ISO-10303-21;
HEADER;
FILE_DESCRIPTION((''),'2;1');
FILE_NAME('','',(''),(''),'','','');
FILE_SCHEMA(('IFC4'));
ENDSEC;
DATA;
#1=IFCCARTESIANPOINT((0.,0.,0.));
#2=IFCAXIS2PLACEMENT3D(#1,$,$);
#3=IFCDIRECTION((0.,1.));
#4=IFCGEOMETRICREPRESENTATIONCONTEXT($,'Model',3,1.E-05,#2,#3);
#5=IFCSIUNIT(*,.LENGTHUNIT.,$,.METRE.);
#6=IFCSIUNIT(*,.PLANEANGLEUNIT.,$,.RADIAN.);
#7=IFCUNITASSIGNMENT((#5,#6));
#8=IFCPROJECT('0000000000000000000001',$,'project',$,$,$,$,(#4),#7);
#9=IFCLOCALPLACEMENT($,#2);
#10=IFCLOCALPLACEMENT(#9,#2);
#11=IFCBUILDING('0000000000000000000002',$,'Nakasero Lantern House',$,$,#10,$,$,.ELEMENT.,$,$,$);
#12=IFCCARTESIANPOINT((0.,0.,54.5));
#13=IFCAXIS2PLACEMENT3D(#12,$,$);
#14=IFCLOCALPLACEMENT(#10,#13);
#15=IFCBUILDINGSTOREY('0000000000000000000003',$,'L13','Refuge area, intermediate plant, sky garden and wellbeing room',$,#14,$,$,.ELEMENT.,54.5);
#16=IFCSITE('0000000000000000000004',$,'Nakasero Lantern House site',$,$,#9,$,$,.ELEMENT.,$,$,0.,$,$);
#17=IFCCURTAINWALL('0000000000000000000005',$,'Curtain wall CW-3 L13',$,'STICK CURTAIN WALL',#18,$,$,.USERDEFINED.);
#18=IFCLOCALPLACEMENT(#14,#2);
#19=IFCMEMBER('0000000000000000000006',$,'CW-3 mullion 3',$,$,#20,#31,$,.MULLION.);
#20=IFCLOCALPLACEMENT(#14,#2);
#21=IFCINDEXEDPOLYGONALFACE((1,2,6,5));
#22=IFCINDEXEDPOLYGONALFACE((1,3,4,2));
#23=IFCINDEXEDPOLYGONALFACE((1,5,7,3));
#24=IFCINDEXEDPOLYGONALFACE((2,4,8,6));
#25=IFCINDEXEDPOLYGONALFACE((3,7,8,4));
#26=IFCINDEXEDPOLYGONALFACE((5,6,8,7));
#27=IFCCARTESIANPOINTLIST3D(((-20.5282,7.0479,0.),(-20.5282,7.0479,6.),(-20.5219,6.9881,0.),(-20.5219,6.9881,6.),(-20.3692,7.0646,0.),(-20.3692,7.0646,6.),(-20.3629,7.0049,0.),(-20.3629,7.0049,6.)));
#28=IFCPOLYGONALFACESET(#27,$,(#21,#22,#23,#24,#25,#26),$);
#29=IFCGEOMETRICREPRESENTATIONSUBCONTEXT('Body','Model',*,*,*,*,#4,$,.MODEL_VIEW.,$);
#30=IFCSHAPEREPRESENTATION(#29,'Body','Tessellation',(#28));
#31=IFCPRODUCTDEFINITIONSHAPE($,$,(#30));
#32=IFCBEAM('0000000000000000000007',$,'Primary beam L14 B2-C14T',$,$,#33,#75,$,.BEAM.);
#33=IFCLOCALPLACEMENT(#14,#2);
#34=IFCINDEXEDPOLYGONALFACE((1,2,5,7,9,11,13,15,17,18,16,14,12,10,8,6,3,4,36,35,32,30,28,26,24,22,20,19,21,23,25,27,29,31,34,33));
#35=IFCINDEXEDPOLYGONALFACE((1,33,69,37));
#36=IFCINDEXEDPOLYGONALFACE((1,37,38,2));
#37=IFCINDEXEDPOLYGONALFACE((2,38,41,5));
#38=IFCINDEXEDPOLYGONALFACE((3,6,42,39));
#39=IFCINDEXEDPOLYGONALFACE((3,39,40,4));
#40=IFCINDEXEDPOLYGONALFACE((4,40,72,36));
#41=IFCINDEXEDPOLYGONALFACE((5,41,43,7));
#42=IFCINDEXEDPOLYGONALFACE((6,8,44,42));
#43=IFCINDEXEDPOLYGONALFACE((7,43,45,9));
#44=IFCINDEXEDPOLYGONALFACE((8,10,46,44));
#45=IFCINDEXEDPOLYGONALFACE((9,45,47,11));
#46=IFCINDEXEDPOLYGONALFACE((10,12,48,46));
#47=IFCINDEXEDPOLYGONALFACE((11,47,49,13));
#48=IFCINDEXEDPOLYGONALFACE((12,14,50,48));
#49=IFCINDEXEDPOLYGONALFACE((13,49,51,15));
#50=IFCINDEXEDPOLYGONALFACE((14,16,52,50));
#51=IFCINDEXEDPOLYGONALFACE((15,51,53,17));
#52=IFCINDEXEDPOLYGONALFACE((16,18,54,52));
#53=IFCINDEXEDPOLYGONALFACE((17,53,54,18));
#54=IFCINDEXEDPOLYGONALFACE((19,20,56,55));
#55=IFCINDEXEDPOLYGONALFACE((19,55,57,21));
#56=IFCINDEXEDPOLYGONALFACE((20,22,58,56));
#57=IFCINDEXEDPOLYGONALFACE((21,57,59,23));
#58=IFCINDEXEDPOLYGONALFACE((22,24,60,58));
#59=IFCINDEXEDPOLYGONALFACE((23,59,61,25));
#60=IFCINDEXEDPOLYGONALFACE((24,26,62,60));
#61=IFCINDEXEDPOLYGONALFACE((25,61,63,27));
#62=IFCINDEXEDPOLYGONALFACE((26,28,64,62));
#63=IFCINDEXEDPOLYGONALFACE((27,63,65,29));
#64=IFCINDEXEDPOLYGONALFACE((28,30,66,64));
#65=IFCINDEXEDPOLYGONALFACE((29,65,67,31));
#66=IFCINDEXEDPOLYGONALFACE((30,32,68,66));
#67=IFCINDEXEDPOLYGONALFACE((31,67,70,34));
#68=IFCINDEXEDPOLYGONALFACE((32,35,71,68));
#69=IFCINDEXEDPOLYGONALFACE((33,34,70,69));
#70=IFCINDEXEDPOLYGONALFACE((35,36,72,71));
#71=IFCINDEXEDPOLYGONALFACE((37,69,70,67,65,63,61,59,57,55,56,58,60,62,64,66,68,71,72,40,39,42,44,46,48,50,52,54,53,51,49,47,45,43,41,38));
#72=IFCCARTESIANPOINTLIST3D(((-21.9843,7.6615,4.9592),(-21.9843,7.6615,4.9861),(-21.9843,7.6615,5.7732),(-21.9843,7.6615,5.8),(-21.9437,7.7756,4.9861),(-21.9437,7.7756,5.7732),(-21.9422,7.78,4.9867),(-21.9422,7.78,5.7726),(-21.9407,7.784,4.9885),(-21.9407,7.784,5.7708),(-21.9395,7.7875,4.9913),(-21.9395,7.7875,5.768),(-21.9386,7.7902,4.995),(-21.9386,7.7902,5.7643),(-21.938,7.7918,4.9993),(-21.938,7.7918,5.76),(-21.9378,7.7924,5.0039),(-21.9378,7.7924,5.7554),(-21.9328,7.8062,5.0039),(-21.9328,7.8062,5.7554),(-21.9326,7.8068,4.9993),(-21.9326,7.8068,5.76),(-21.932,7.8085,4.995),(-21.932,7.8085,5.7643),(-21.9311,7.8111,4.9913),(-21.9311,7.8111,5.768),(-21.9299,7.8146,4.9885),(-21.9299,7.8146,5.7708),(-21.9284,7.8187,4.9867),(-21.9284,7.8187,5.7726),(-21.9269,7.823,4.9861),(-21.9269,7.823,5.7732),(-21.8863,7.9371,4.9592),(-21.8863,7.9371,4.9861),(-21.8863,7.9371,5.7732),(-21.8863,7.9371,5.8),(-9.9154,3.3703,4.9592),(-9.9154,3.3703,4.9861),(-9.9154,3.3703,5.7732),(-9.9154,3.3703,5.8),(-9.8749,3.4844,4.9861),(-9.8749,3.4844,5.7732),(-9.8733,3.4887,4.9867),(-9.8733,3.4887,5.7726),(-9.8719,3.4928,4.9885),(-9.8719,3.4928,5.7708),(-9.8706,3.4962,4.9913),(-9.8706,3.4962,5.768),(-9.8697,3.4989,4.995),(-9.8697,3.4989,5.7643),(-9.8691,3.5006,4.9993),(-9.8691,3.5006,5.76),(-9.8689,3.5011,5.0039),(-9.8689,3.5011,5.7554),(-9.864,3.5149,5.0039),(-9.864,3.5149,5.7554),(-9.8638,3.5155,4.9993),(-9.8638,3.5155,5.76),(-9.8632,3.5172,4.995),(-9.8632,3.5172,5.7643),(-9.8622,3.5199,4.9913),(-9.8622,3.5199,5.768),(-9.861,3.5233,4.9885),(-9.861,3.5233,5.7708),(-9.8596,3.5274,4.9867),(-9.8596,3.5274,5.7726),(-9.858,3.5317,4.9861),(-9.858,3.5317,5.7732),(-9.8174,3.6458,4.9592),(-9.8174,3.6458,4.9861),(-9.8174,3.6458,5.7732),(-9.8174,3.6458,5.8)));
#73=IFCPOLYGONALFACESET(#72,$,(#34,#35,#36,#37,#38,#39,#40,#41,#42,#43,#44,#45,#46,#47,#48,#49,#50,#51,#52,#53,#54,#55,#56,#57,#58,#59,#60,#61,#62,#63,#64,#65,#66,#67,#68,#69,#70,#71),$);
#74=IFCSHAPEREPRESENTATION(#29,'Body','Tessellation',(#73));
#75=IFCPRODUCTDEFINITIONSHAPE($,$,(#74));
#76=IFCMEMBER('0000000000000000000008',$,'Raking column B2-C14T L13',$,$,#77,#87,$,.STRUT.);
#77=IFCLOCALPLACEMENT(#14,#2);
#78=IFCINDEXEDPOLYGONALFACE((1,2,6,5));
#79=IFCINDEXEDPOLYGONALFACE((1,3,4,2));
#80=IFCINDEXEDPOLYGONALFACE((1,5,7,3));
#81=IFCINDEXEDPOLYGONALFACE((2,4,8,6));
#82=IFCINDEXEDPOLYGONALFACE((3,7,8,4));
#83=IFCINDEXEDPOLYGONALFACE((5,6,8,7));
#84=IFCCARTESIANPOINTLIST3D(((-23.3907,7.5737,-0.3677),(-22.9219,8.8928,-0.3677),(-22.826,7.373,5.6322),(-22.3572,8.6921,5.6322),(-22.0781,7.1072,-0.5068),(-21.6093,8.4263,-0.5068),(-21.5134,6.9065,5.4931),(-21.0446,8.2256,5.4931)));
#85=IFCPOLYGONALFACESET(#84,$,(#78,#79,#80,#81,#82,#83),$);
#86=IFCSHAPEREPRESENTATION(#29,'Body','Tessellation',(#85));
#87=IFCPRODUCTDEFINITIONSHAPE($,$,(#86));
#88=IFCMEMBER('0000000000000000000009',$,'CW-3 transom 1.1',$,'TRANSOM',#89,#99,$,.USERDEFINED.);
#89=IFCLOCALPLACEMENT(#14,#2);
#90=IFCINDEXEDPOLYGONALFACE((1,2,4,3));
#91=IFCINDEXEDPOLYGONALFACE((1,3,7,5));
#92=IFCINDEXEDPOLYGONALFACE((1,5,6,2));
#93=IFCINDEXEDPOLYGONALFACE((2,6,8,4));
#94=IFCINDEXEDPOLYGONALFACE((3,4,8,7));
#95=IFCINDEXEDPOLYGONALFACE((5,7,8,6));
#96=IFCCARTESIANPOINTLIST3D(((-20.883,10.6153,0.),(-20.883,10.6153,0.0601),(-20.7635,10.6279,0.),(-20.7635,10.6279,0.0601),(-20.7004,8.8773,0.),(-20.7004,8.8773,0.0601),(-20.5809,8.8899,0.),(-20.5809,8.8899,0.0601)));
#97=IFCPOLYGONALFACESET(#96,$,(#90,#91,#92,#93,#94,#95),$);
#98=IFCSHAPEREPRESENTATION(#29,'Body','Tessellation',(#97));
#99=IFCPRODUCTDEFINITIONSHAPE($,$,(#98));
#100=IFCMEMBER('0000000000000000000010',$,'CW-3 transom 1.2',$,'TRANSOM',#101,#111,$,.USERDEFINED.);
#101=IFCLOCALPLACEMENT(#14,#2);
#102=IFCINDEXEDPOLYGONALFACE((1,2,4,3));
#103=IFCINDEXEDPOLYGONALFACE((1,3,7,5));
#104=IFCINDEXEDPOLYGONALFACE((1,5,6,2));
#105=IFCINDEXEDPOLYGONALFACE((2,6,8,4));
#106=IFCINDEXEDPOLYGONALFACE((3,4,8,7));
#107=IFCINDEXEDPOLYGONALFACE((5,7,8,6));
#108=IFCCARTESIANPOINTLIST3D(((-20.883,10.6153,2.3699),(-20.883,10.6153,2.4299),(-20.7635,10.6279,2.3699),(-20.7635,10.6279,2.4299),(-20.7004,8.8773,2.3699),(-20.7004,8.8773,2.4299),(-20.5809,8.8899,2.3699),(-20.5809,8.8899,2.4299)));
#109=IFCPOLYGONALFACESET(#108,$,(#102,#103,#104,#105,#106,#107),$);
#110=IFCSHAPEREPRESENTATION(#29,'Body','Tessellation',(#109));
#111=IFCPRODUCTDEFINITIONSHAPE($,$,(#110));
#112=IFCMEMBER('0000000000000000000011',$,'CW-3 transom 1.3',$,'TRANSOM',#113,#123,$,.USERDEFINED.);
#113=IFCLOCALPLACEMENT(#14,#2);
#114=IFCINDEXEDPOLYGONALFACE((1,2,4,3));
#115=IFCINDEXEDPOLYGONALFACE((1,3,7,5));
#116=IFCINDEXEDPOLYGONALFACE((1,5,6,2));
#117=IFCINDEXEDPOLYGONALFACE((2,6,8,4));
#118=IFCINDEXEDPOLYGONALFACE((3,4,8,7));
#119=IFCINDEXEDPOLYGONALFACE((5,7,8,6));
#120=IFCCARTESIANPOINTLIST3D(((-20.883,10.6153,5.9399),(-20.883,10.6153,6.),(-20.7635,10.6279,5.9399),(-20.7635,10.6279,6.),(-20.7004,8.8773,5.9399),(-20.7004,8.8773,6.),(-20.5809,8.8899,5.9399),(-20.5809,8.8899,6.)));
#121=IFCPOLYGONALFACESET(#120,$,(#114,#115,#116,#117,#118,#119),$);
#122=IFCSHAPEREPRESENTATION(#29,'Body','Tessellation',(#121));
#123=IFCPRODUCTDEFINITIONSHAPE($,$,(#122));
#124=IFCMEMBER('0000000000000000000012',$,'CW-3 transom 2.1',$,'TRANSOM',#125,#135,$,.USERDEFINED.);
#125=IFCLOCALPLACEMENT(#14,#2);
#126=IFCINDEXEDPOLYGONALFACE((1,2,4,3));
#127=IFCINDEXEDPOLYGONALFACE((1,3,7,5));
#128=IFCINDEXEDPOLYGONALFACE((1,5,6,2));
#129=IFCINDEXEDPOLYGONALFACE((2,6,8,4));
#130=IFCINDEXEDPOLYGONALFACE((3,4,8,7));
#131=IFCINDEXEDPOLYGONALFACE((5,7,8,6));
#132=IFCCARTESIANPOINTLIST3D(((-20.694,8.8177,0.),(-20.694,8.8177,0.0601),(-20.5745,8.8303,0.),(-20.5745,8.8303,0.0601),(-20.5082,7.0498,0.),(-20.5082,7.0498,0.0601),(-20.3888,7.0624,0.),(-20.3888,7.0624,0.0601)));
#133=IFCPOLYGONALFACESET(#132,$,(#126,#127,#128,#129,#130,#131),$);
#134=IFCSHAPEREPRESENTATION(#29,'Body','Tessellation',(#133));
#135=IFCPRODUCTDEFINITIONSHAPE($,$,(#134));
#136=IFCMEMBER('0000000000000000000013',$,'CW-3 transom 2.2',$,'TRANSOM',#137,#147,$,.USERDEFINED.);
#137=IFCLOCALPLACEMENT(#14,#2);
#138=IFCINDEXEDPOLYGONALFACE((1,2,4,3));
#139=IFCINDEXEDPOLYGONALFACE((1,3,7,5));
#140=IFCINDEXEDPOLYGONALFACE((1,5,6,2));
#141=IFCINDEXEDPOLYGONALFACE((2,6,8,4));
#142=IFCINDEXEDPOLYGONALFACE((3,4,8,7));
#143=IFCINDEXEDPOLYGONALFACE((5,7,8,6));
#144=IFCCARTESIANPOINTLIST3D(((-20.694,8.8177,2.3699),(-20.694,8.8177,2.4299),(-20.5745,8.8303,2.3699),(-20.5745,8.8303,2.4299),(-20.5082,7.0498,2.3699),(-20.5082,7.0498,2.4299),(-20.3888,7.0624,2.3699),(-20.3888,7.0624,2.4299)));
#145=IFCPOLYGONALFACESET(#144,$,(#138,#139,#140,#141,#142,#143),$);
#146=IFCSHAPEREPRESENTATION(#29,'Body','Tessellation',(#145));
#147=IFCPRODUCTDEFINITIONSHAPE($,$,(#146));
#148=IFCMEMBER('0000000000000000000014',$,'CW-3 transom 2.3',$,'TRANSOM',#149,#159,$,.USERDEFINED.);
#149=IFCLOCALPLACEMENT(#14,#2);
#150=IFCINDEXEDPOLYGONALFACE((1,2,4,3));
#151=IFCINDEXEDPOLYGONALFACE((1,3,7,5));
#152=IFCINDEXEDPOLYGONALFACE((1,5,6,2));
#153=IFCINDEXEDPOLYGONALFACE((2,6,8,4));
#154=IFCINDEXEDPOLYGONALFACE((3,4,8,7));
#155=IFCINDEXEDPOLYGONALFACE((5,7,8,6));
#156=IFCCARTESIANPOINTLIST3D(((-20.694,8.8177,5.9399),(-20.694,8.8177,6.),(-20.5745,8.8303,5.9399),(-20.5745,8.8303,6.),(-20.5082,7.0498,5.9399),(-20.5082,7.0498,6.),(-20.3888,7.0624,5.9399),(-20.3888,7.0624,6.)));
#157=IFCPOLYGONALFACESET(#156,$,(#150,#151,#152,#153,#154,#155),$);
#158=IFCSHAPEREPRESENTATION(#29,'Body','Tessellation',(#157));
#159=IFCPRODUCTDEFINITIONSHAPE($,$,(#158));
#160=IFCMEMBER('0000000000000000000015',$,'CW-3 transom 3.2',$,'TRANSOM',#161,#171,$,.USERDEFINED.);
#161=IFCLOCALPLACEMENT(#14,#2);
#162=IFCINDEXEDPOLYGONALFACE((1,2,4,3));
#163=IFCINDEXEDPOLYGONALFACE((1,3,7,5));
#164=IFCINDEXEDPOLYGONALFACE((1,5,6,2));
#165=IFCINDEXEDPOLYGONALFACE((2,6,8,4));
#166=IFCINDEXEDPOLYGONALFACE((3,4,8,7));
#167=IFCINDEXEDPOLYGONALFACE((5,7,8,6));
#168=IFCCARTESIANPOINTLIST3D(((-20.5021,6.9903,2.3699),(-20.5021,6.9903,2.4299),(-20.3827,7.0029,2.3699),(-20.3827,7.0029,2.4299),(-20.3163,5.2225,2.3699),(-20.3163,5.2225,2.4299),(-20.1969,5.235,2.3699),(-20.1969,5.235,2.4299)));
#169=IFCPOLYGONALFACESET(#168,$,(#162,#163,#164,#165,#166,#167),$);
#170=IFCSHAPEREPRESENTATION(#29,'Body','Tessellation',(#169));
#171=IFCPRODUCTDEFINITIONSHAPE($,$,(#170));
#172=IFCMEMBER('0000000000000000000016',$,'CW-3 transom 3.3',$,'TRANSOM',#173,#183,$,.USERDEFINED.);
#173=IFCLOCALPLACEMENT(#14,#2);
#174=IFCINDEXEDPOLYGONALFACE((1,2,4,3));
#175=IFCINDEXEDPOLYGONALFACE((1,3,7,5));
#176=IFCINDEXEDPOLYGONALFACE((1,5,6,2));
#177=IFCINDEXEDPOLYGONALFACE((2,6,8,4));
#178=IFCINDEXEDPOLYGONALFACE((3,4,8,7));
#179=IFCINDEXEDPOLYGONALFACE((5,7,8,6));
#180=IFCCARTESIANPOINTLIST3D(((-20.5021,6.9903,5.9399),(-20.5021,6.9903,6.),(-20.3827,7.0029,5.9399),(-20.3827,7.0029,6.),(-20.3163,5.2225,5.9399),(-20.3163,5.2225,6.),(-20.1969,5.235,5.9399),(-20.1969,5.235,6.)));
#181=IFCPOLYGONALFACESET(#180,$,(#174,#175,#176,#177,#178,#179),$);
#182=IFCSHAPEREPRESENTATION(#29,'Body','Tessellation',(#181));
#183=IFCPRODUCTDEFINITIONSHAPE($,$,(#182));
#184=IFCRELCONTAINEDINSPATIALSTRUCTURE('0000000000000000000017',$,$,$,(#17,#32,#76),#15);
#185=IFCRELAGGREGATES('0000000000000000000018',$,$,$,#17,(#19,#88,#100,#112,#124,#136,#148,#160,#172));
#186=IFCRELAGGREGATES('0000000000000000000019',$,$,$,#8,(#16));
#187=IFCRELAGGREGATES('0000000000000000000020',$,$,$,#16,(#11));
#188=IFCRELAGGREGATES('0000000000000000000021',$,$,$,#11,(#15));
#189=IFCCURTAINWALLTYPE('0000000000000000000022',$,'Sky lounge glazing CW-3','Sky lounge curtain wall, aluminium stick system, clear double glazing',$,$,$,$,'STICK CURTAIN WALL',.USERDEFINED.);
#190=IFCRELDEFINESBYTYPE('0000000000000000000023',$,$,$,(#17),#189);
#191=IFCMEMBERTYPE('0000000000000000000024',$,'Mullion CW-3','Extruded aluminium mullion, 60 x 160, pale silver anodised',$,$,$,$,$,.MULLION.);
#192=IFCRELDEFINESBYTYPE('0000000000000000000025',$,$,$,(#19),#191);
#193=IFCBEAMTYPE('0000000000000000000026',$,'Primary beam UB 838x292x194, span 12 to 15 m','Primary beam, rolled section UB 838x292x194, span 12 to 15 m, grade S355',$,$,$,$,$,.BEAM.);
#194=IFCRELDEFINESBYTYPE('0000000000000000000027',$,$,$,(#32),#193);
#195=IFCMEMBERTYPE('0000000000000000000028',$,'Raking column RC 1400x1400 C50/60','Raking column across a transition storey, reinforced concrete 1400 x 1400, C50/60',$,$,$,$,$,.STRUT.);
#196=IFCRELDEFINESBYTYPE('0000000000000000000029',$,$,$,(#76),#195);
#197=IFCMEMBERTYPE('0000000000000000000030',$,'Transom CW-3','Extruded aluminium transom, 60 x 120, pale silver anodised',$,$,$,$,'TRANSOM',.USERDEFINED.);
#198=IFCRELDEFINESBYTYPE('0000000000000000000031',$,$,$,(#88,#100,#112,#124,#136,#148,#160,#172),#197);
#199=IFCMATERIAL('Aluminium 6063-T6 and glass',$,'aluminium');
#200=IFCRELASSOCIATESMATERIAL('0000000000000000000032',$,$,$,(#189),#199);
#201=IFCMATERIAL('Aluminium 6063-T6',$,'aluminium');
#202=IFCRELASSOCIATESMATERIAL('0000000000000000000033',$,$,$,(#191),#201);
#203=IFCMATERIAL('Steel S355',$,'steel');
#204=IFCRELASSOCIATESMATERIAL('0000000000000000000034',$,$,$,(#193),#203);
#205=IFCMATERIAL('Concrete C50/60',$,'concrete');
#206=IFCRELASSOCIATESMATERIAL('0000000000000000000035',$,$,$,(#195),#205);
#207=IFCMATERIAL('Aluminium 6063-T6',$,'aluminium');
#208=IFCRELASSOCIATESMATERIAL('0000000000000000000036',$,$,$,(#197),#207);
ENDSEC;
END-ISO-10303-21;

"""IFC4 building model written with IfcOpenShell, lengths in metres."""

from ifc_helpers import new_model, si_unit, direction, frame, origin, origin_2d, place, context, subcontext, project, spatial, rectangle, i_section, extrude, material, material_profile, profile_set, type_object, element, aggregate, save


model = new_model("IFC4")

# Units and contexts
model_context = context("Model", 3, precision=1e-05, world=origin(), true_north=direction((0.0, 1.0)))
body_context = subcontext(model_context, "Body", "Model", "MODEL_VIEW")
ifc_project = project(units=[si_unit("LENGTHUNIT", "METRE"), si_unit("PLANEANGLEUNIT", "RADIAN")], contexts=[model_context])

# Site, building, storey
site_placement = place(None, origin())
site = spatial("IfcSite", under=ifc_project, at=site_placement, Name="Nakasero Lantern House site", CompositionType="ELEMENT", RefElevation=0.0)
building_placement = place(site_placement, origin())
building = spatial("IfcBuilding", under=site, at=building_placement, Name="Nakasero Lantern House", CompositionType="ELEMENT")
storey_placement = place(building_placement, frame((0.0, 0.0, 54.5)))
storey = spatial("IfcBuildingStorey", under=building, at=storey_placement, Name="L13", Description="Refuge area, intermediate plant, sky garden and wellbeing room", CompositionType="ELEMENT", Elevation=54.5)

# Shared definitions
ifc_material_1 = material(Name="Aluminium 6063-T6 and glass", Category="aluminium")
curtain_wall_type = type_object("IfcCurtainWallType", Name="Sky lounge glazing CW-3", Description="Sky lounge curtain wall, aluminium stick system, clear double glazing", ElementType="STICK CURTAIN WALL", PredefinedType="USERDEFINED", material=ifc_material_1)
ifc_material_2 = material(Name="Aluminium 6063-T6", Category="aluminium")
ifc_material_profile_1 = material_profile(ifc_material_2, rectangle(XDim=0.0601, YDim=0.1599, at=origin_2d()), Name="CW-3 mullion 60x160")
ifc_profile_set_1 = profile_set([ifc_material_profile_1], Name="Aluminium 6063-T6")
member_type_1 = type_object("IfcMemberType", Name="Mullion CW-3", Description="Extruded aluminium mullion, 60 x 160, pale silver anodised", PredefinedType="MULLION", material=ifc_profile_set_1)

# Curtain wall, member
curtain_wall_1_placement = place(storey_placement, origin())
curtain_wall_1 = element("IfcCurtainWall", 1, at=curtain_wall_1_placement, inside=storey, type_object=curtain_wall_type, Name="Curtain wall CW-3 L13", ObjectType="STICK CURTAIN WALL", PredefinedType="USERDEFINED")
member_1_placement = place(storey_placement, frame((-20.4456, 7.0264, 0.0), z_axis=(0.0, 0.0, 1.0), x_axis=(0.104528, -0.994522, 0.0)))
member_1 = element("IfcMember", 2, at=member_1_placement, type_object=member_type_1, Name="CW-3 mullion 3", PredefinedType="MULLION", context=body_context, shape_type="SweptSolid", body=[
    extrude(rectangle(XDim=0.0601, YDim=0.1599, at=origin_2d()), origin(), (0.0, 0.0, 1.0), 6.0),
])

# Beam
ifc_material_3 = material(Name="Steel S355", Category="steel")
ifc_material_profile_2 = material_profile(ifc_material_3, i_section(OverallWidth=0.2925, OverallDepth=0.8408, WebThickness=0.0146, FlangeThickness=0.0269, FilletRadius=0.0178, at=origin_2d()), Name="UB 838x292x194")
ifc_profile_set_2 = profile_set([ifc_material_profile_2], Name="Steel S355")
beam_type_1 = type_object("IfcBeamType", Name="Primary beam UB 838x292x194, span 12 to 15 m", Description="Primary beam, rolled section UB 838x292x194, span 12 to 15 m, grade S355", PredefinedType="BEAM", material=ifc_profile_set_2)
beam_1_placement = place(storey_placement, frame((-21.9353, 7.7993, 5.3796), z_axis=(0.942212, -0.335018, 0.0), x_axis=(0.335018, 0.942212, 0.0)))
element("IfcBeam", 3, at=beam_1_placement, inside=storey, type_object=beam_type_1, Name="Primary beam L14 B2-C14T", PredefinedType="BEAM", context=body_context, shape_type="SweptSolid", body=[
    extrude(i_section(OverallWidth=0.2925, OverallDepth=0.8408, WebThickness=0.0146, FlangeThickness=0.0269, FilletRadius=0.0178, at=origin_2d()), origin(), (0.0, 0.0, 1.0), 12.8091),
])

# Members
ifc_material_4 = material(Name="Concrete C50/60", Category="concrete")
ifc_material_profile_3 = material_profile(ifc_material_4, rectangle(XDim=1.3999, YDim=1.3999, at=origin_2d()), Name="RC 1400x1400")
ifc_profile_set_3 = profile_set([ifc_material_profile_3], Name="Concrete C50/60")
member_type_2 = type_object("IfcMemberType", Name="Raking column RC 1400x1400 C50/60", Description="Raking column across a transition storey, reinforced concrete 1400 x 1400, C50/60", PredefinedType="STRUT", material=ifc_profile_set_3)
member_2_placement = place(storey_placement, frame((-22.5, 8.0, -0.4373), z_axis=(0.09365, -0.033282, 0.995049), x_axis=(0.334865, 0.942266, 0.0)))
element("IfcMember", 4, at=member_2_placement, inside=storey, type_object=member_type_2, Name="Raking column B2-C14T L13", PredefinedType="STRUT", context=body_context, shape_type="SweptSolid", body=[
    extrude(rectangle(XDim=1.3999, YDim=1.3999, at=origin_2d()), origin(), (0.0, 0.0, 1.0), 6.0298),
])
ifc_material_5 = material(Name="Aluminium 6063-T6", Category="aluminium")
ifc_material_profile_4 = material_profile(ifc_material_5, rectangle(XDim=0.0601, YDim=0.1201, at=origin_2d()), Name="CW-3 transom 60x120")
ifc_profile_set_4 = profile_set([ifc_material_profile_4], Name="Aluminium 6063-T6")
member_type_3 = type_object("IfcMemberType", Name="Transom CW-3", Description="Extruded aluminium transom, 60 x 120, pale silver anodised", ElementType="TRANSOM", PredefinedType="USERDEFINED", material=ifc_profile_set_4)
member_3_placement = place(storey_placement, frame((-20.8232, 10.6216, 0.03), z_axis=(0.104496, -0.994525, 0.0), x_axis=(0.0, 0.0, 1.0)))
member_3 = element("IfcMember", 5, at=member_3_placement, type_object=member_type_3, Name="CW-3 transom 1.1", ObjectType="TRANSOM", PredefinedType="USERDEFINED", context=body_context, shape_type="SweptSolid", body=[
    extrude(rectangle(XDim=0.0601, YDim=0.1201, at=origin_2d()), origin(), (0.0, 0.0, 1.0), 1.7476),
])
member_4_placement = place(storey_placement, frame((-20.8232, 10.6216, 2.3999), z_axis=(0.104496, -0.994525, 0.0), x_axis=(0.0, 0.0, 1.0)))
member_4 = element("IfcMember", 6, at=member_4_placement, type_object=member_type_3, Name="CW-3 transom 1.2", ObjectType="TRANSOM", PredefinedType="USERDEFINED", context=body_context, shape_type="SweptSolid", body=[
    extrude(rectangle(XDim=0.0601, YDim=0.1201, at=origin_2d()), origin(), (0.0, 0.0, 1.0), 1.7476),
])
member_5_placement = place(storey_placement, frame((-20.8232, 10.6216, 5.97), z_axis=(0.104496, -0.994525, 0.0), x_axis=(0.0, 0.0, 1.0)))
member_5 = element("IfcMember", 7, at=member_5_placement, type_object=member_type_3, Name="CW-3 transom 1.3", ObjectType="TRANSOM", PredefinedType="USERDEFINED", context=body_context, shape_type="SweptSolid", body=[
    extrude(rectangle(XDim=0.0601, YDim=0.1201, at=origin_2d()), origin(), (0.0, 0.0, 1.0), 1.7476),
])
member_6_placement = place(storey_placement, frame((-20.6343, 8.824, 0.03), z_axis=(0.10452, -0.994523, 0.0), x_axis=(0.0, 0.0, 1.0)))
member_6 = element("IfcMember", 8, at=member_6_placement, type_object=member_type_3, Name="CW-3 transom 2.1", ObjectType="TRANSOM", PredefinedType="USERDEFINED", context=body_context, shape_type="SweptSolid", body=[
    extrude(rectangle(XDim=0.0601, YDim=0.1201, at=origin_2d()), origin(), (0.0, 0.0, 1.0), 1.7776),
])
member_7_placement = place(storey_placement, frame((-20.6343, 8.824, 2.3999), z_axis=(0.10452, -0.994523, 0.0), x_axis=(0.0, 0.0, 1.0)))
member_7 = element("IfcMember", 9, at=member_7_placement, type_object=member_type_3, Name="CW-3 transom 2.2", ObjectType="TRANSOM", PredefinedType="USERDEFINED", context=body_context, shape_type="SweptSolid", body=[
    extrude(rectangle(XDim=0.0601, YDim=0.1201, at=origin_2d()), origin(), (0.0, 0.0, 1.0), 1.7776),
])
member_8_placement = place(storey_placement, frame((-20.6343, 8.824, 5.97), z_axis=(0.10452, -0.994523, 0.0), x_axis=(0.0, 0.0, 1.0)))
member_8 = element("IfcMember", 10, at=member_8_placement, type_object=member_type_3, Name="CW-3 transom 2.3", ObjectType="TRANSOM", PredefinedType="USERDEFINED", context=body_context, shape_type="SweptSolid", body=[
    extrude(rectangle(XDim=0.0601, YDim=0.1201, at=origin_2d()), origin(), (0.0, 0.0, 1.0), 1.7776),
])
member_9_placement = place(storey_placement, frame((-20.4424, 6.9966, 2.3999), z_axis=(0.10452, -0.994523, 0.0), x_axis=(0.0, 0.0, 1.0)))
member_9 = element("IfcMember", 11, at=member_9_placement, type_object=member_type_3, Name="CW-3 transom 3.2", ObjectType="TRANSOM", PredefinedType="USERDEFINED", context=body_context, shape_type="SweptSolid", body=[
    extrude(rectangle(XDim=0.0601, YDim=0.1201, at=origin_2d()), origin(), (0.0, 0.0, 1.0), 1.7776),
])
member_10_placement = place(storey_placement, frame((-20.4424, 6.9966, 5.97), z_axis=(0.10452, -0.994523, 0.0), x_axis=(0.0, 0.0, 1.0)))
member_10 = element("IfcMember", 12, at=member_10_placement, type_object=member_type_3, Name="CW-3 transom 3.3", ObjectType="TRANSOM", PredefinedType="USERDEFINED", context=body_context, shape_type="SweptSolid", body=[
    extrude(rectangle(XDim=0.0601, YDim=0.1201, at=origin_2d()), origin(), (0.0, 0.0, 1.0), 1.7776),
])

aggregate(curtain_wall_1, [member_1, member_3, member_4, member_5, member_6, member_7, member_8, member_9, member_10])

save(model, "model.ifc")
